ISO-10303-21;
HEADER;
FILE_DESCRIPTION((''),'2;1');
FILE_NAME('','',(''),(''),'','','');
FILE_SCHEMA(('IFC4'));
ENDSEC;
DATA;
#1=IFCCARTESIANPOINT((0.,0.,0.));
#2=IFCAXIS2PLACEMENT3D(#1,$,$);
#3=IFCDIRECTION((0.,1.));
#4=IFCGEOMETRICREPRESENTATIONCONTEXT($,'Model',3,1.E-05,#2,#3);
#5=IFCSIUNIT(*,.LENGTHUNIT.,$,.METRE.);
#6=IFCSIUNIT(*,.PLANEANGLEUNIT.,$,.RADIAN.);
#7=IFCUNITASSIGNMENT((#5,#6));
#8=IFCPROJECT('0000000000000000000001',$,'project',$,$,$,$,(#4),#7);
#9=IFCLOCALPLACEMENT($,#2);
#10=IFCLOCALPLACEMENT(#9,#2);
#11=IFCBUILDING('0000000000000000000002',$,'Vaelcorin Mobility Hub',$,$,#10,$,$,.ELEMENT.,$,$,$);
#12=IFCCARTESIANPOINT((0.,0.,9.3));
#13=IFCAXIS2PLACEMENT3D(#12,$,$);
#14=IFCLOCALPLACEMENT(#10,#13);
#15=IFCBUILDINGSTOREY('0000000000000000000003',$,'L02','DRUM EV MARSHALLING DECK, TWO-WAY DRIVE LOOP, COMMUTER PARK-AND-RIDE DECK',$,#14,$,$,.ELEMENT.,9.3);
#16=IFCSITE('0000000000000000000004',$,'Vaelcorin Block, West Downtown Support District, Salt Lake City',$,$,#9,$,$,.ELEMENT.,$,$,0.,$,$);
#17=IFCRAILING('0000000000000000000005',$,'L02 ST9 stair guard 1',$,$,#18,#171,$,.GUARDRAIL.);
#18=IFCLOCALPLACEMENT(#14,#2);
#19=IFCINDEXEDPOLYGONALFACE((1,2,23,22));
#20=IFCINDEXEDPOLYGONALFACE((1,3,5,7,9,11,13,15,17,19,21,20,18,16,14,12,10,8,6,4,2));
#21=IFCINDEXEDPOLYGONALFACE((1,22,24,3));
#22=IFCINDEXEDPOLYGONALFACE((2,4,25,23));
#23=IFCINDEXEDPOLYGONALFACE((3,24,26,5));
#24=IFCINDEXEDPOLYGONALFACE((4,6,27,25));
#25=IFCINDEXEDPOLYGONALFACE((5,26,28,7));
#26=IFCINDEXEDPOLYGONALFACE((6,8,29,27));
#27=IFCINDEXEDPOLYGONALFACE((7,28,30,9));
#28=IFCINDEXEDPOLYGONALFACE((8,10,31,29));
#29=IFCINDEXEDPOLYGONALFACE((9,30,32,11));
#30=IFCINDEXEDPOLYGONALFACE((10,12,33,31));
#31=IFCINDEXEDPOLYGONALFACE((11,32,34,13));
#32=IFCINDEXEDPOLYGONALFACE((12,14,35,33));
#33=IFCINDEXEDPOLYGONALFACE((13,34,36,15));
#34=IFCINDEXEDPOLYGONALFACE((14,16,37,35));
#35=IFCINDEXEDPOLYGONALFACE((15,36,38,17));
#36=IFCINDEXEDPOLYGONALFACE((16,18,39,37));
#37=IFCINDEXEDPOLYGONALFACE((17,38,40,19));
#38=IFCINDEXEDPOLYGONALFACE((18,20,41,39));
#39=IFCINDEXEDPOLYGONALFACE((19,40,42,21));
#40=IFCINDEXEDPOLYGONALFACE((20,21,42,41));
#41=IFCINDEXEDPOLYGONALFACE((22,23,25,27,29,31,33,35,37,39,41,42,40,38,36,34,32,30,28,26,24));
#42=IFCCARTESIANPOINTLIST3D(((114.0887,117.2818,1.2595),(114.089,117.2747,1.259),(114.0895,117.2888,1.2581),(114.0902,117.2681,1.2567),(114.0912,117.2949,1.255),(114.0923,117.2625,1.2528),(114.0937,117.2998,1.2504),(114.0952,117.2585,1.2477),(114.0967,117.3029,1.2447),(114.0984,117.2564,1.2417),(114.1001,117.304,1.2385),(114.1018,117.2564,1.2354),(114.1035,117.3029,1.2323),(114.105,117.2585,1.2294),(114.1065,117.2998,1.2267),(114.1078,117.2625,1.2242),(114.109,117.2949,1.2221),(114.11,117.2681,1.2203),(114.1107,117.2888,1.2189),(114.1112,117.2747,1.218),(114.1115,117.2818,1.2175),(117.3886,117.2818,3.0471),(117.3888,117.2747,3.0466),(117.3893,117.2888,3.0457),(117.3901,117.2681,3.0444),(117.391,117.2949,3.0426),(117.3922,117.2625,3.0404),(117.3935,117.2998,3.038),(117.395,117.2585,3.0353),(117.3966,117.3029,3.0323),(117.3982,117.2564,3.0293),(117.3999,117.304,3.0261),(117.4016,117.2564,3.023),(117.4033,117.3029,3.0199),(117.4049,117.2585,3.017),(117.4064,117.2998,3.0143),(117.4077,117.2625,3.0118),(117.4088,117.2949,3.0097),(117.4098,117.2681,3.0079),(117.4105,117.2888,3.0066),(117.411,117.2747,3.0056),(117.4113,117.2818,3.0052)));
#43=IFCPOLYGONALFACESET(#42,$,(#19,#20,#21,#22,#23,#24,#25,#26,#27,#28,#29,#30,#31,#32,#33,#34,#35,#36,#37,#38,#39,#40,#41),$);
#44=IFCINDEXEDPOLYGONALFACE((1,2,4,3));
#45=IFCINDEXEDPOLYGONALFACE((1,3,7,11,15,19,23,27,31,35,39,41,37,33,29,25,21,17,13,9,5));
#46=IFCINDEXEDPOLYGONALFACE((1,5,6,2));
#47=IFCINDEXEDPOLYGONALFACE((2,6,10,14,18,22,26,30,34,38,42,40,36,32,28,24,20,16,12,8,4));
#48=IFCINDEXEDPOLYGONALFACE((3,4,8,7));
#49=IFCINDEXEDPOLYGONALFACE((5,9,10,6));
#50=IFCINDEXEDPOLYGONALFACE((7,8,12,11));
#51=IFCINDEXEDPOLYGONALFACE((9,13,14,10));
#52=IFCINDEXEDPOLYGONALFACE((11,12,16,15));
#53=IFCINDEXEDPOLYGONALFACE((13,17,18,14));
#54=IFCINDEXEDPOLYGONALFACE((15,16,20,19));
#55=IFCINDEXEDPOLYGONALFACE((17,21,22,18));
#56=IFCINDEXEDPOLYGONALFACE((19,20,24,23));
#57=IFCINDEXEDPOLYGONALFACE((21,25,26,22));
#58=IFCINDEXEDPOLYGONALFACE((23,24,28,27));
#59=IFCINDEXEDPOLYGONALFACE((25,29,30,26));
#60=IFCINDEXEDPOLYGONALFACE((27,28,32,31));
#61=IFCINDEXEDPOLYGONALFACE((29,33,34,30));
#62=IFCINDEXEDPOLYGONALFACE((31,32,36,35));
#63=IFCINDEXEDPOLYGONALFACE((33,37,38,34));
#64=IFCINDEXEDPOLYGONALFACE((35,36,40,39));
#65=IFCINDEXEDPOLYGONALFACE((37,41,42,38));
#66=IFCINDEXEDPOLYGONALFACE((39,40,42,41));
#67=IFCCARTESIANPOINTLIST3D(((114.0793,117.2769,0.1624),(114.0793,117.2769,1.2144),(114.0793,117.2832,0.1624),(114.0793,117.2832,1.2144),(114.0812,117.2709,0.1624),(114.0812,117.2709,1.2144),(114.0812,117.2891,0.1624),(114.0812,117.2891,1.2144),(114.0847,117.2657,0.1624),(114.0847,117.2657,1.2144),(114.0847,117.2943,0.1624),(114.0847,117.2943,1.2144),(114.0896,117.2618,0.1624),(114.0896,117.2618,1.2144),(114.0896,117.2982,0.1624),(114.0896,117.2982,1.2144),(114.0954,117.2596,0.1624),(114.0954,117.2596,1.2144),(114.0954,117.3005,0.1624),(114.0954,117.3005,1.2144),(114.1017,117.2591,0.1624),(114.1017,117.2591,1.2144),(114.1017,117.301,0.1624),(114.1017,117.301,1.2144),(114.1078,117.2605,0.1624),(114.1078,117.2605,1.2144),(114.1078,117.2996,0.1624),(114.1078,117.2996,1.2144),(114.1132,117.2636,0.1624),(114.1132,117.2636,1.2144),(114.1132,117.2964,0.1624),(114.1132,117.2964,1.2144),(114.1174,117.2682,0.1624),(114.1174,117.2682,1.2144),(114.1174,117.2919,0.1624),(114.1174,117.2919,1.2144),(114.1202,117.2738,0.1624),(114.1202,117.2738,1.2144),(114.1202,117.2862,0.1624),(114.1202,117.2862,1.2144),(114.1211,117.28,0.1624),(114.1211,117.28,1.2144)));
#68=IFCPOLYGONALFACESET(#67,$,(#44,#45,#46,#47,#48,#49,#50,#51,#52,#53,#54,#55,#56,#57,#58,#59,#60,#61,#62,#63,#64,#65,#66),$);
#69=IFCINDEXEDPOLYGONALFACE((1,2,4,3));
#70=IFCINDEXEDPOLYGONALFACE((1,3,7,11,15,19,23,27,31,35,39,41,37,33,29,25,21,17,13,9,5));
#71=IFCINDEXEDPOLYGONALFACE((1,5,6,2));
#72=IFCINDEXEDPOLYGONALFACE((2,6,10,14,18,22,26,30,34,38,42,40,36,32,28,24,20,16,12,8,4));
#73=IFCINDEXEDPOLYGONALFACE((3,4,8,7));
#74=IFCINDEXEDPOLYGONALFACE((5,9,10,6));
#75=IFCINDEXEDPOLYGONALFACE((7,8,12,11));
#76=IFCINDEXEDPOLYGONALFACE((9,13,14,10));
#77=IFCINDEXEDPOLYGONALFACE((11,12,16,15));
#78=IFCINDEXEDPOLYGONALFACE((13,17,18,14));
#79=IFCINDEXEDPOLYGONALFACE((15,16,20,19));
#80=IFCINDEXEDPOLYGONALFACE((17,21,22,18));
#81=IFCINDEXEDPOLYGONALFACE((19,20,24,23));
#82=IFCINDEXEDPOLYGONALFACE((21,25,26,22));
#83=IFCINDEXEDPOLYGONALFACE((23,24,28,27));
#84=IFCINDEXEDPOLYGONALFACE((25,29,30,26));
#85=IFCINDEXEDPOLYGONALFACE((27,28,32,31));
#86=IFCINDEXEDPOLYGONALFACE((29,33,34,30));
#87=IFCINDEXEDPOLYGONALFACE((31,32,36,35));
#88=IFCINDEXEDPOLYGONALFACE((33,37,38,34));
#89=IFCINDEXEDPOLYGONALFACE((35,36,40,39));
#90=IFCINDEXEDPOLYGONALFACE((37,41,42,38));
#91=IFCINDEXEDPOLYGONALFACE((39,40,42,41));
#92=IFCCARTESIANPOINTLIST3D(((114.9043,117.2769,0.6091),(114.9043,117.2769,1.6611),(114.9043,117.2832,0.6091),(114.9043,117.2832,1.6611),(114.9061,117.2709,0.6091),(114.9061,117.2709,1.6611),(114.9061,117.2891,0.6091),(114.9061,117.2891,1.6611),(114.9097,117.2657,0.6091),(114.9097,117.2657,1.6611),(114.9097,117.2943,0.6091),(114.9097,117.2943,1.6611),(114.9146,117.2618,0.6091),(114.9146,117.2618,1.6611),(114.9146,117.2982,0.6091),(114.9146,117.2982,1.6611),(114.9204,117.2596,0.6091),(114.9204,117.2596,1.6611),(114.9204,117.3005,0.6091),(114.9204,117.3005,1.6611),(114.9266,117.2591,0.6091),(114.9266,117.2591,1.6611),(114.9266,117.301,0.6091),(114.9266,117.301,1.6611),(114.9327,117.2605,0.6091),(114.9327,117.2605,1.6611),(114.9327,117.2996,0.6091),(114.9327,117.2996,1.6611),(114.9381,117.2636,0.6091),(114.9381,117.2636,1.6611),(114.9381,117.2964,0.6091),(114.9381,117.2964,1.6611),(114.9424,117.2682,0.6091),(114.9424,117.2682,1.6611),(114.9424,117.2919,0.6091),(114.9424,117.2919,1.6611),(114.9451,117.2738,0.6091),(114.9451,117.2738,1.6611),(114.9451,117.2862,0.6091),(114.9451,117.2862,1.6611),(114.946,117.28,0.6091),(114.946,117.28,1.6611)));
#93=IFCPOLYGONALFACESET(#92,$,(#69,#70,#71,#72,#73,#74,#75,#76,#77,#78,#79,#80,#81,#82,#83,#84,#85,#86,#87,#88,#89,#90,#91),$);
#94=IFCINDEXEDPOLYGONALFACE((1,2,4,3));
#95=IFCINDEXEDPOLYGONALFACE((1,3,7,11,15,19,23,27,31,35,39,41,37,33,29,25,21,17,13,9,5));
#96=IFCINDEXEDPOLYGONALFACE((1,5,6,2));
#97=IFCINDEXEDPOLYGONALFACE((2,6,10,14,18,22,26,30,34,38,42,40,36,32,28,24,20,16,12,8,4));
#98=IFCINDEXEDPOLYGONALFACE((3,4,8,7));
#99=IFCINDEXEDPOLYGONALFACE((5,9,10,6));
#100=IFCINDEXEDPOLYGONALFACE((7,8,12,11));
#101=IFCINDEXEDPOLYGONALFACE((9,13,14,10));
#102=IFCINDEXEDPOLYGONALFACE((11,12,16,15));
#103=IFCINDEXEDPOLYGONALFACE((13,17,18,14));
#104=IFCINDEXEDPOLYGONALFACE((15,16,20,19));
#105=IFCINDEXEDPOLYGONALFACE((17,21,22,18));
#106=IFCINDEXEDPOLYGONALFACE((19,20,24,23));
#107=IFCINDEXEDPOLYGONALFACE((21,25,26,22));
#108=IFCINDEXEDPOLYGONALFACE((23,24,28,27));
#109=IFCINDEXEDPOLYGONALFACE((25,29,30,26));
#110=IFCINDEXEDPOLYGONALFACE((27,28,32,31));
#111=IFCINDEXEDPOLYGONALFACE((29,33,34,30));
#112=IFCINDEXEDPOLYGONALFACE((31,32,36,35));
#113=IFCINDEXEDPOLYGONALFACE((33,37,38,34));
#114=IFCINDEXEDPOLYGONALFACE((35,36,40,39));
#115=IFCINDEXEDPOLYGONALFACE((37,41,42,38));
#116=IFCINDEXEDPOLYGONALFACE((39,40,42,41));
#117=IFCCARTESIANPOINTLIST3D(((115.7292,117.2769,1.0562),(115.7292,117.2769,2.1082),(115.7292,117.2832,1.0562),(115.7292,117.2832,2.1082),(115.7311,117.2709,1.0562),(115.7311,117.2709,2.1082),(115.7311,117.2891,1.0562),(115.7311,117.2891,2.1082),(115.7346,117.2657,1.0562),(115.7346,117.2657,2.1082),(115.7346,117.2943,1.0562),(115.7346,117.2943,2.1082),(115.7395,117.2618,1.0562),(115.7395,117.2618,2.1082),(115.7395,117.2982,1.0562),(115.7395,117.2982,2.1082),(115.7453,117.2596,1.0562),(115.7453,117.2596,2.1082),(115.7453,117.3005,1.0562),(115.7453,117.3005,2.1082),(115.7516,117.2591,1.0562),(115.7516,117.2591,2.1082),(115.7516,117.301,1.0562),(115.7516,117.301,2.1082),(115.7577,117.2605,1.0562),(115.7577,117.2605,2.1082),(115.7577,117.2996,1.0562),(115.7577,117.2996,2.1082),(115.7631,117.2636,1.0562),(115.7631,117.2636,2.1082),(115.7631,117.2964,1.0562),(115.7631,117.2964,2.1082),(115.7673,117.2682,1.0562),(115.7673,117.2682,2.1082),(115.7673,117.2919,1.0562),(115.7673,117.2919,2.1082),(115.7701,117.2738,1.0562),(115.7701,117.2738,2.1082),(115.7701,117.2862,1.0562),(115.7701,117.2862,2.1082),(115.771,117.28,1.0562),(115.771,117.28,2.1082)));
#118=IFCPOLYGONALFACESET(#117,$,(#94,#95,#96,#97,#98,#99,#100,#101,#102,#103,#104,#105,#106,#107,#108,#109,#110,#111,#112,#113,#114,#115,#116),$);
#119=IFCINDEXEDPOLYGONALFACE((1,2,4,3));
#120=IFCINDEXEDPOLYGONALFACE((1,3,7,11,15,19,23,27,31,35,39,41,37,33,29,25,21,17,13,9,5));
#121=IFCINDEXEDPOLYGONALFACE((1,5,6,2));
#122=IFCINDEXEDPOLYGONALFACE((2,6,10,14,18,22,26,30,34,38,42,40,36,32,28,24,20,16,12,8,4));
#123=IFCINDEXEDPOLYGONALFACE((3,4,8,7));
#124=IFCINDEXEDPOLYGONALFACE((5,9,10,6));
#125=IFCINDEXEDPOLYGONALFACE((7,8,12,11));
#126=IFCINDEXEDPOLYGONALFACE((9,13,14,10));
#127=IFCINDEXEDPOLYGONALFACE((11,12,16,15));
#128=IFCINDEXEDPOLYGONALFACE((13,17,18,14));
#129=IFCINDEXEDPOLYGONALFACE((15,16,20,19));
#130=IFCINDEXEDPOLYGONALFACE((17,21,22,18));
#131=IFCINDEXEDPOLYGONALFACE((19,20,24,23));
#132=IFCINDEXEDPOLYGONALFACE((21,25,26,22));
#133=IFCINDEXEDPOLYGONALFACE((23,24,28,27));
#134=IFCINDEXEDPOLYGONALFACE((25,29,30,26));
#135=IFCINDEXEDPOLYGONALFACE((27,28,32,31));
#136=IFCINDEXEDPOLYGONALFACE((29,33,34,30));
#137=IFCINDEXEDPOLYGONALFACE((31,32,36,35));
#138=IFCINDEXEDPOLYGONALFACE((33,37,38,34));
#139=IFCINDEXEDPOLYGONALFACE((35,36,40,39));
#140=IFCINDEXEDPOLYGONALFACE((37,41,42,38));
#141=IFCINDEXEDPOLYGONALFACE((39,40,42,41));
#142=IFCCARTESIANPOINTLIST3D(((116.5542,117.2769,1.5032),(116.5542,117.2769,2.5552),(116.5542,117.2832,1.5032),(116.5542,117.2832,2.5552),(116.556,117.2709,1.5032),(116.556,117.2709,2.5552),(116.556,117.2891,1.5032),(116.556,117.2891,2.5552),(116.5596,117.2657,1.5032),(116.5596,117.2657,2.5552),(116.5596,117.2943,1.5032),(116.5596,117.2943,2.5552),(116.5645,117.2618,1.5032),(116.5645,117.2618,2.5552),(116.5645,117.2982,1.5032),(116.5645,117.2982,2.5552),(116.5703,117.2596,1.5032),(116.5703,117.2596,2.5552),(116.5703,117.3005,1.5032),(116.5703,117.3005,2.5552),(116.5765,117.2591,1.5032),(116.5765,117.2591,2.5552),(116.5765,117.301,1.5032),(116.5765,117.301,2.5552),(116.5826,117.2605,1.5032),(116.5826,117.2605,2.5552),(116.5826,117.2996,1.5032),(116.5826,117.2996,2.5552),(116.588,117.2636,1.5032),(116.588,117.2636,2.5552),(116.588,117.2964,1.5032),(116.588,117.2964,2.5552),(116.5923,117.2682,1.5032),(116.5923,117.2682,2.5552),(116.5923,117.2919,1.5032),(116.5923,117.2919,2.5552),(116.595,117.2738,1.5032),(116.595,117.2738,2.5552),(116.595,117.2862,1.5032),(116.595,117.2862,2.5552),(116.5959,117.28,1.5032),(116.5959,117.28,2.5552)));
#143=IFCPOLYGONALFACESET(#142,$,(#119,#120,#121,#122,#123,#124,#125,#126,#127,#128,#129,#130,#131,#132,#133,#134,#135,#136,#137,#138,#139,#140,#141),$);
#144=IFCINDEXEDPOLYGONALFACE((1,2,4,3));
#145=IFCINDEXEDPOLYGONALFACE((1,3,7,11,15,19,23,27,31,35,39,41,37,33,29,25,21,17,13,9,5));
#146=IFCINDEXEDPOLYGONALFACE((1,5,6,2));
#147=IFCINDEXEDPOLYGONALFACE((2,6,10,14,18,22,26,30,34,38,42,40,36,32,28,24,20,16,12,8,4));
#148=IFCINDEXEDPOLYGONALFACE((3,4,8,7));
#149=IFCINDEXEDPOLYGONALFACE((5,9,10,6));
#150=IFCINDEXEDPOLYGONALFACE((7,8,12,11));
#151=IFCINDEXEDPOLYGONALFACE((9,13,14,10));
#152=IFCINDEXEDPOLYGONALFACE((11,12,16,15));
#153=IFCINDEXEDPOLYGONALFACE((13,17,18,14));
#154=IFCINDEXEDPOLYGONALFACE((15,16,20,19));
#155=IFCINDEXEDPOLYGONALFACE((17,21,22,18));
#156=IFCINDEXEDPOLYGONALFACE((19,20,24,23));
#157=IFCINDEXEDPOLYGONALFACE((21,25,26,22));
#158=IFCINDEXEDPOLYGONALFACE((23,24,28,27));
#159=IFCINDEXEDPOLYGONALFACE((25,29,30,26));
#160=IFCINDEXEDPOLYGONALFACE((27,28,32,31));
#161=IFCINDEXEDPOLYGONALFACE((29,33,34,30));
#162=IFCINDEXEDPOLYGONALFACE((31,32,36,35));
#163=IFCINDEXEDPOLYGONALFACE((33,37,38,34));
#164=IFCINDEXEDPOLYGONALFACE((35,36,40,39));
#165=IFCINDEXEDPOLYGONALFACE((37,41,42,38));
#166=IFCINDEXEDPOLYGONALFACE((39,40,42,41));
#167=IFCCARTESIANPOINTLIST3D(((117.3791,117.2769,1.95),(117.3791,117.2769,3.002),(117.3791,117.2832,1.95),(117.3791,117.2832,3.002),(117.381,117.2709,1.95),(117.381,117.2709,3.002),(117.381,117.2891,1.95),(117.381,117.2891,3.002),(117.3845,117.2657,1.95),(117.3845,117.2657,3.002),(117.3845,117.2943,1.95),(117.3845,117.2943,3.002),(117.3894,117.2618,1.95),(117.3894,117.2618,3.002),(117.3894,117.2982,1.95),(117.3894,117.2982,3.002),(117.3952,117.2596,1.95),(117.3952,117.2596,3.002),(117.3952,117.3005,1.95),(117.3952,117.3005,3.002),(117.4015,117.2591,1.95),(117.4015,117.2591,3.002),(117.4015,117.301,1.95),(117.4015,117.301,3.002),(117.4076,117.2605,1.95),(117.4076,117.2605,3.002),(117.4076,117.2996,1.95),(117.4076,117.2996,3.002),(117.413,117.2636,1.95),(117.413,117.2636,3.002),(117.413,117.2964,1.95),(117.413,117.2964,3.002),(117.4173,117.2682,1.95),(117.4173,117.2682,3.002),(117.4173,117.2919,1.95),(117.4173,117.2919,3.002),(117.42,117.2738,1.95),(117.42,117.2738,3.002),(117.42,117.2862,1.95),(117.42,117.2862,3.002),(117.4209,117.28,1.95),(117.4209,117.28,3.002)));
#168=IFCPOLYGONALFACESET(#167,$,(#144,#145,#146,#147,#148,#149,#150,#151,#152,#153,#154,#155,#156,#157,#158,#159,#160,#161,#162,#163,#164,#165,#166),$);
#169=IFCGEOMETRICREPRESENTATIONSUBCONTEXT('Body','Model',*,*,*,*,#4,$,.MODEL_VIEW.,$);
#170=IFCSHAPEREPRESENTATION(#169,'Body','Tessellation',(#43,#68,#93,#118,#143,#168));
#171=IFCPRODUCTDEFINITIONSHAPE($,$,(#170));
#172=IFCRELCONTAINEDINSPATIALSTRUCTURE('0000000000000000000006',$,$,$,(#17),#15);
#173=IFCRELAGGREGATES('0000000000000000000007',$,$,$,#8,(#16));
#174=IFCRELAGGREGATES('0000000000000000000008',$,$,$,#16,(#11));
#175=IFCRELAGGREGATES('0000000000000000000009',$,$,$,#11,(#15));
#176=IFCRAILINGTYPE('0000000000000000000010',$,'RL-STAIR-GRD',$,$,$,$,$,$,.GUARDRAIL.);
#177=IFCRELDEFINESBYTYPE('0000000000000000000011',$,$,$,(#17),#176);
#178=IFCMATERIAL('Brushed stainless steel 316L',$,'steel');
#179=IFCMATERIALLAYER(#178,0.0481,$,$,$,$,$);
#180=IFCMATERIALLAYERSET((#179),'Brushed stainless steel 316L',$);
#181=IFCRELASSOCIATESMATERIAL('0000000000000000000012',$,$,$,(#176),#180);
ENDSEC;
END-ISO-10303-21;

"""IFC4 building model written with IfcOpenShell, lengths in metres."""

from ifc_helpers import new_model, si_unit, direction, frame, origin, origin_2d, place, context, subcontext, project, spatial, circle, extrude, material, layer, layer_set, type_object, element, save


model = new_model("IFC4")

# Units and contexts
model_context = context("Model", 3, precision=1e-05, world=origin(), true_north=direction((0.0, 1.0)))
body_context = subcontext(model_context, "Body", "Model", "MODEL_VIEW")
ifc_project = project(units=[si_unit("LENGTHUNIT", "METRE"), si_unit("PLANEANGLEUNIT", "RADIAN")], contexts=[model_context])

# Site, building, storey
site_placement = place(None, origin())
site = spatial("IfcSite", under=ifc_project, at=site_placement, Name="Vaelcorin Block, West Downtown Support District, Salt Lake City", CompositionType="ELEMENT", RefElevation=0.0)
building_placement = place(site_placement, origin())
building = spatial("IfcBuilding", under=site, at=building_placement, Name="Vaelcorin Mobility Hub", CompositionType="ELEMENT")
storey_placement = place(building_placement, frame((0.0, 0.0, 9.3)))
storey = spatial("IfcBuildingStorey", under=building, at=storey_placement, Name="L02", Description="DRUM EV MARSHALLING DECK, TWO-WAY DRIVE LOOP, COMMUTER PARK-AND-RIDE DECK", CompositionType="ELEMENT", Elevation=9.3)

# Railing
ifc_material_1 = material(Name="Brushed stainless steel 316L", Category="steel")
ifc_layer_1 = layer(ifc_material_1, 0.0481)
ifc_layer_set_1 = layer_set([ifc_layer_1], Name="Brushed stainless steel 316L")
railing_type_1 = type_object("IfcRailingType", Name="RL-STAIR-GRD", PredefinedType="GUARDRAIL", material=ifc_layer_set_1)
railing_1_placement = place(storey_placement, frame((114.1001, 117.28, 0.1624)))
element("IfcRailing", 1, at=railing_1_placement, inside=storey, type_object=railing_type_1, Name="L02 ST9 stair guard 1", PredefinedType="GUARDRAIL", context=body_context, shape_type="SweptSolid", body=[
    extrude(circle(Radius=0.0239, at=origin_2d()), frame((0.0, 0.0, 1.0762), z_axis=(0.879269, 0.0, 0.476325), x_axis=(0.0, 1.0, 0.0)), (0.0, 0.0, 1.0), 3.7529),
    extrude(circle(Radius=0.021, at=origin_2d()), origin(), (0.0, 0.0, 1.0), 1.052),
    extrude(circle(Radius=0.021, at=origin_2d()), frame((0.825, 0.0, 0.4468)), (0.0, 0.0, 1.0), 1.052),
    extrude(circle(Radius=0.021, at=origin_2d()), frame((1.6499, 0.0, 0.8938)), (0.0, 0.0, 1.0), 1.052),
    extrude(circle(Radius=0.021, at=origin_2d()), frame((2.4749, 0.0, 1.3408)), (0.0, 0.0, 1.0), 1.052),
    extrude(circle(Radius=0.021, at=origin_2d()), frame((3.2998, 0.0, 1.7876)), (0.0, 0.0, 1.0), 1.052),
])

save(model, "model.ifc")
